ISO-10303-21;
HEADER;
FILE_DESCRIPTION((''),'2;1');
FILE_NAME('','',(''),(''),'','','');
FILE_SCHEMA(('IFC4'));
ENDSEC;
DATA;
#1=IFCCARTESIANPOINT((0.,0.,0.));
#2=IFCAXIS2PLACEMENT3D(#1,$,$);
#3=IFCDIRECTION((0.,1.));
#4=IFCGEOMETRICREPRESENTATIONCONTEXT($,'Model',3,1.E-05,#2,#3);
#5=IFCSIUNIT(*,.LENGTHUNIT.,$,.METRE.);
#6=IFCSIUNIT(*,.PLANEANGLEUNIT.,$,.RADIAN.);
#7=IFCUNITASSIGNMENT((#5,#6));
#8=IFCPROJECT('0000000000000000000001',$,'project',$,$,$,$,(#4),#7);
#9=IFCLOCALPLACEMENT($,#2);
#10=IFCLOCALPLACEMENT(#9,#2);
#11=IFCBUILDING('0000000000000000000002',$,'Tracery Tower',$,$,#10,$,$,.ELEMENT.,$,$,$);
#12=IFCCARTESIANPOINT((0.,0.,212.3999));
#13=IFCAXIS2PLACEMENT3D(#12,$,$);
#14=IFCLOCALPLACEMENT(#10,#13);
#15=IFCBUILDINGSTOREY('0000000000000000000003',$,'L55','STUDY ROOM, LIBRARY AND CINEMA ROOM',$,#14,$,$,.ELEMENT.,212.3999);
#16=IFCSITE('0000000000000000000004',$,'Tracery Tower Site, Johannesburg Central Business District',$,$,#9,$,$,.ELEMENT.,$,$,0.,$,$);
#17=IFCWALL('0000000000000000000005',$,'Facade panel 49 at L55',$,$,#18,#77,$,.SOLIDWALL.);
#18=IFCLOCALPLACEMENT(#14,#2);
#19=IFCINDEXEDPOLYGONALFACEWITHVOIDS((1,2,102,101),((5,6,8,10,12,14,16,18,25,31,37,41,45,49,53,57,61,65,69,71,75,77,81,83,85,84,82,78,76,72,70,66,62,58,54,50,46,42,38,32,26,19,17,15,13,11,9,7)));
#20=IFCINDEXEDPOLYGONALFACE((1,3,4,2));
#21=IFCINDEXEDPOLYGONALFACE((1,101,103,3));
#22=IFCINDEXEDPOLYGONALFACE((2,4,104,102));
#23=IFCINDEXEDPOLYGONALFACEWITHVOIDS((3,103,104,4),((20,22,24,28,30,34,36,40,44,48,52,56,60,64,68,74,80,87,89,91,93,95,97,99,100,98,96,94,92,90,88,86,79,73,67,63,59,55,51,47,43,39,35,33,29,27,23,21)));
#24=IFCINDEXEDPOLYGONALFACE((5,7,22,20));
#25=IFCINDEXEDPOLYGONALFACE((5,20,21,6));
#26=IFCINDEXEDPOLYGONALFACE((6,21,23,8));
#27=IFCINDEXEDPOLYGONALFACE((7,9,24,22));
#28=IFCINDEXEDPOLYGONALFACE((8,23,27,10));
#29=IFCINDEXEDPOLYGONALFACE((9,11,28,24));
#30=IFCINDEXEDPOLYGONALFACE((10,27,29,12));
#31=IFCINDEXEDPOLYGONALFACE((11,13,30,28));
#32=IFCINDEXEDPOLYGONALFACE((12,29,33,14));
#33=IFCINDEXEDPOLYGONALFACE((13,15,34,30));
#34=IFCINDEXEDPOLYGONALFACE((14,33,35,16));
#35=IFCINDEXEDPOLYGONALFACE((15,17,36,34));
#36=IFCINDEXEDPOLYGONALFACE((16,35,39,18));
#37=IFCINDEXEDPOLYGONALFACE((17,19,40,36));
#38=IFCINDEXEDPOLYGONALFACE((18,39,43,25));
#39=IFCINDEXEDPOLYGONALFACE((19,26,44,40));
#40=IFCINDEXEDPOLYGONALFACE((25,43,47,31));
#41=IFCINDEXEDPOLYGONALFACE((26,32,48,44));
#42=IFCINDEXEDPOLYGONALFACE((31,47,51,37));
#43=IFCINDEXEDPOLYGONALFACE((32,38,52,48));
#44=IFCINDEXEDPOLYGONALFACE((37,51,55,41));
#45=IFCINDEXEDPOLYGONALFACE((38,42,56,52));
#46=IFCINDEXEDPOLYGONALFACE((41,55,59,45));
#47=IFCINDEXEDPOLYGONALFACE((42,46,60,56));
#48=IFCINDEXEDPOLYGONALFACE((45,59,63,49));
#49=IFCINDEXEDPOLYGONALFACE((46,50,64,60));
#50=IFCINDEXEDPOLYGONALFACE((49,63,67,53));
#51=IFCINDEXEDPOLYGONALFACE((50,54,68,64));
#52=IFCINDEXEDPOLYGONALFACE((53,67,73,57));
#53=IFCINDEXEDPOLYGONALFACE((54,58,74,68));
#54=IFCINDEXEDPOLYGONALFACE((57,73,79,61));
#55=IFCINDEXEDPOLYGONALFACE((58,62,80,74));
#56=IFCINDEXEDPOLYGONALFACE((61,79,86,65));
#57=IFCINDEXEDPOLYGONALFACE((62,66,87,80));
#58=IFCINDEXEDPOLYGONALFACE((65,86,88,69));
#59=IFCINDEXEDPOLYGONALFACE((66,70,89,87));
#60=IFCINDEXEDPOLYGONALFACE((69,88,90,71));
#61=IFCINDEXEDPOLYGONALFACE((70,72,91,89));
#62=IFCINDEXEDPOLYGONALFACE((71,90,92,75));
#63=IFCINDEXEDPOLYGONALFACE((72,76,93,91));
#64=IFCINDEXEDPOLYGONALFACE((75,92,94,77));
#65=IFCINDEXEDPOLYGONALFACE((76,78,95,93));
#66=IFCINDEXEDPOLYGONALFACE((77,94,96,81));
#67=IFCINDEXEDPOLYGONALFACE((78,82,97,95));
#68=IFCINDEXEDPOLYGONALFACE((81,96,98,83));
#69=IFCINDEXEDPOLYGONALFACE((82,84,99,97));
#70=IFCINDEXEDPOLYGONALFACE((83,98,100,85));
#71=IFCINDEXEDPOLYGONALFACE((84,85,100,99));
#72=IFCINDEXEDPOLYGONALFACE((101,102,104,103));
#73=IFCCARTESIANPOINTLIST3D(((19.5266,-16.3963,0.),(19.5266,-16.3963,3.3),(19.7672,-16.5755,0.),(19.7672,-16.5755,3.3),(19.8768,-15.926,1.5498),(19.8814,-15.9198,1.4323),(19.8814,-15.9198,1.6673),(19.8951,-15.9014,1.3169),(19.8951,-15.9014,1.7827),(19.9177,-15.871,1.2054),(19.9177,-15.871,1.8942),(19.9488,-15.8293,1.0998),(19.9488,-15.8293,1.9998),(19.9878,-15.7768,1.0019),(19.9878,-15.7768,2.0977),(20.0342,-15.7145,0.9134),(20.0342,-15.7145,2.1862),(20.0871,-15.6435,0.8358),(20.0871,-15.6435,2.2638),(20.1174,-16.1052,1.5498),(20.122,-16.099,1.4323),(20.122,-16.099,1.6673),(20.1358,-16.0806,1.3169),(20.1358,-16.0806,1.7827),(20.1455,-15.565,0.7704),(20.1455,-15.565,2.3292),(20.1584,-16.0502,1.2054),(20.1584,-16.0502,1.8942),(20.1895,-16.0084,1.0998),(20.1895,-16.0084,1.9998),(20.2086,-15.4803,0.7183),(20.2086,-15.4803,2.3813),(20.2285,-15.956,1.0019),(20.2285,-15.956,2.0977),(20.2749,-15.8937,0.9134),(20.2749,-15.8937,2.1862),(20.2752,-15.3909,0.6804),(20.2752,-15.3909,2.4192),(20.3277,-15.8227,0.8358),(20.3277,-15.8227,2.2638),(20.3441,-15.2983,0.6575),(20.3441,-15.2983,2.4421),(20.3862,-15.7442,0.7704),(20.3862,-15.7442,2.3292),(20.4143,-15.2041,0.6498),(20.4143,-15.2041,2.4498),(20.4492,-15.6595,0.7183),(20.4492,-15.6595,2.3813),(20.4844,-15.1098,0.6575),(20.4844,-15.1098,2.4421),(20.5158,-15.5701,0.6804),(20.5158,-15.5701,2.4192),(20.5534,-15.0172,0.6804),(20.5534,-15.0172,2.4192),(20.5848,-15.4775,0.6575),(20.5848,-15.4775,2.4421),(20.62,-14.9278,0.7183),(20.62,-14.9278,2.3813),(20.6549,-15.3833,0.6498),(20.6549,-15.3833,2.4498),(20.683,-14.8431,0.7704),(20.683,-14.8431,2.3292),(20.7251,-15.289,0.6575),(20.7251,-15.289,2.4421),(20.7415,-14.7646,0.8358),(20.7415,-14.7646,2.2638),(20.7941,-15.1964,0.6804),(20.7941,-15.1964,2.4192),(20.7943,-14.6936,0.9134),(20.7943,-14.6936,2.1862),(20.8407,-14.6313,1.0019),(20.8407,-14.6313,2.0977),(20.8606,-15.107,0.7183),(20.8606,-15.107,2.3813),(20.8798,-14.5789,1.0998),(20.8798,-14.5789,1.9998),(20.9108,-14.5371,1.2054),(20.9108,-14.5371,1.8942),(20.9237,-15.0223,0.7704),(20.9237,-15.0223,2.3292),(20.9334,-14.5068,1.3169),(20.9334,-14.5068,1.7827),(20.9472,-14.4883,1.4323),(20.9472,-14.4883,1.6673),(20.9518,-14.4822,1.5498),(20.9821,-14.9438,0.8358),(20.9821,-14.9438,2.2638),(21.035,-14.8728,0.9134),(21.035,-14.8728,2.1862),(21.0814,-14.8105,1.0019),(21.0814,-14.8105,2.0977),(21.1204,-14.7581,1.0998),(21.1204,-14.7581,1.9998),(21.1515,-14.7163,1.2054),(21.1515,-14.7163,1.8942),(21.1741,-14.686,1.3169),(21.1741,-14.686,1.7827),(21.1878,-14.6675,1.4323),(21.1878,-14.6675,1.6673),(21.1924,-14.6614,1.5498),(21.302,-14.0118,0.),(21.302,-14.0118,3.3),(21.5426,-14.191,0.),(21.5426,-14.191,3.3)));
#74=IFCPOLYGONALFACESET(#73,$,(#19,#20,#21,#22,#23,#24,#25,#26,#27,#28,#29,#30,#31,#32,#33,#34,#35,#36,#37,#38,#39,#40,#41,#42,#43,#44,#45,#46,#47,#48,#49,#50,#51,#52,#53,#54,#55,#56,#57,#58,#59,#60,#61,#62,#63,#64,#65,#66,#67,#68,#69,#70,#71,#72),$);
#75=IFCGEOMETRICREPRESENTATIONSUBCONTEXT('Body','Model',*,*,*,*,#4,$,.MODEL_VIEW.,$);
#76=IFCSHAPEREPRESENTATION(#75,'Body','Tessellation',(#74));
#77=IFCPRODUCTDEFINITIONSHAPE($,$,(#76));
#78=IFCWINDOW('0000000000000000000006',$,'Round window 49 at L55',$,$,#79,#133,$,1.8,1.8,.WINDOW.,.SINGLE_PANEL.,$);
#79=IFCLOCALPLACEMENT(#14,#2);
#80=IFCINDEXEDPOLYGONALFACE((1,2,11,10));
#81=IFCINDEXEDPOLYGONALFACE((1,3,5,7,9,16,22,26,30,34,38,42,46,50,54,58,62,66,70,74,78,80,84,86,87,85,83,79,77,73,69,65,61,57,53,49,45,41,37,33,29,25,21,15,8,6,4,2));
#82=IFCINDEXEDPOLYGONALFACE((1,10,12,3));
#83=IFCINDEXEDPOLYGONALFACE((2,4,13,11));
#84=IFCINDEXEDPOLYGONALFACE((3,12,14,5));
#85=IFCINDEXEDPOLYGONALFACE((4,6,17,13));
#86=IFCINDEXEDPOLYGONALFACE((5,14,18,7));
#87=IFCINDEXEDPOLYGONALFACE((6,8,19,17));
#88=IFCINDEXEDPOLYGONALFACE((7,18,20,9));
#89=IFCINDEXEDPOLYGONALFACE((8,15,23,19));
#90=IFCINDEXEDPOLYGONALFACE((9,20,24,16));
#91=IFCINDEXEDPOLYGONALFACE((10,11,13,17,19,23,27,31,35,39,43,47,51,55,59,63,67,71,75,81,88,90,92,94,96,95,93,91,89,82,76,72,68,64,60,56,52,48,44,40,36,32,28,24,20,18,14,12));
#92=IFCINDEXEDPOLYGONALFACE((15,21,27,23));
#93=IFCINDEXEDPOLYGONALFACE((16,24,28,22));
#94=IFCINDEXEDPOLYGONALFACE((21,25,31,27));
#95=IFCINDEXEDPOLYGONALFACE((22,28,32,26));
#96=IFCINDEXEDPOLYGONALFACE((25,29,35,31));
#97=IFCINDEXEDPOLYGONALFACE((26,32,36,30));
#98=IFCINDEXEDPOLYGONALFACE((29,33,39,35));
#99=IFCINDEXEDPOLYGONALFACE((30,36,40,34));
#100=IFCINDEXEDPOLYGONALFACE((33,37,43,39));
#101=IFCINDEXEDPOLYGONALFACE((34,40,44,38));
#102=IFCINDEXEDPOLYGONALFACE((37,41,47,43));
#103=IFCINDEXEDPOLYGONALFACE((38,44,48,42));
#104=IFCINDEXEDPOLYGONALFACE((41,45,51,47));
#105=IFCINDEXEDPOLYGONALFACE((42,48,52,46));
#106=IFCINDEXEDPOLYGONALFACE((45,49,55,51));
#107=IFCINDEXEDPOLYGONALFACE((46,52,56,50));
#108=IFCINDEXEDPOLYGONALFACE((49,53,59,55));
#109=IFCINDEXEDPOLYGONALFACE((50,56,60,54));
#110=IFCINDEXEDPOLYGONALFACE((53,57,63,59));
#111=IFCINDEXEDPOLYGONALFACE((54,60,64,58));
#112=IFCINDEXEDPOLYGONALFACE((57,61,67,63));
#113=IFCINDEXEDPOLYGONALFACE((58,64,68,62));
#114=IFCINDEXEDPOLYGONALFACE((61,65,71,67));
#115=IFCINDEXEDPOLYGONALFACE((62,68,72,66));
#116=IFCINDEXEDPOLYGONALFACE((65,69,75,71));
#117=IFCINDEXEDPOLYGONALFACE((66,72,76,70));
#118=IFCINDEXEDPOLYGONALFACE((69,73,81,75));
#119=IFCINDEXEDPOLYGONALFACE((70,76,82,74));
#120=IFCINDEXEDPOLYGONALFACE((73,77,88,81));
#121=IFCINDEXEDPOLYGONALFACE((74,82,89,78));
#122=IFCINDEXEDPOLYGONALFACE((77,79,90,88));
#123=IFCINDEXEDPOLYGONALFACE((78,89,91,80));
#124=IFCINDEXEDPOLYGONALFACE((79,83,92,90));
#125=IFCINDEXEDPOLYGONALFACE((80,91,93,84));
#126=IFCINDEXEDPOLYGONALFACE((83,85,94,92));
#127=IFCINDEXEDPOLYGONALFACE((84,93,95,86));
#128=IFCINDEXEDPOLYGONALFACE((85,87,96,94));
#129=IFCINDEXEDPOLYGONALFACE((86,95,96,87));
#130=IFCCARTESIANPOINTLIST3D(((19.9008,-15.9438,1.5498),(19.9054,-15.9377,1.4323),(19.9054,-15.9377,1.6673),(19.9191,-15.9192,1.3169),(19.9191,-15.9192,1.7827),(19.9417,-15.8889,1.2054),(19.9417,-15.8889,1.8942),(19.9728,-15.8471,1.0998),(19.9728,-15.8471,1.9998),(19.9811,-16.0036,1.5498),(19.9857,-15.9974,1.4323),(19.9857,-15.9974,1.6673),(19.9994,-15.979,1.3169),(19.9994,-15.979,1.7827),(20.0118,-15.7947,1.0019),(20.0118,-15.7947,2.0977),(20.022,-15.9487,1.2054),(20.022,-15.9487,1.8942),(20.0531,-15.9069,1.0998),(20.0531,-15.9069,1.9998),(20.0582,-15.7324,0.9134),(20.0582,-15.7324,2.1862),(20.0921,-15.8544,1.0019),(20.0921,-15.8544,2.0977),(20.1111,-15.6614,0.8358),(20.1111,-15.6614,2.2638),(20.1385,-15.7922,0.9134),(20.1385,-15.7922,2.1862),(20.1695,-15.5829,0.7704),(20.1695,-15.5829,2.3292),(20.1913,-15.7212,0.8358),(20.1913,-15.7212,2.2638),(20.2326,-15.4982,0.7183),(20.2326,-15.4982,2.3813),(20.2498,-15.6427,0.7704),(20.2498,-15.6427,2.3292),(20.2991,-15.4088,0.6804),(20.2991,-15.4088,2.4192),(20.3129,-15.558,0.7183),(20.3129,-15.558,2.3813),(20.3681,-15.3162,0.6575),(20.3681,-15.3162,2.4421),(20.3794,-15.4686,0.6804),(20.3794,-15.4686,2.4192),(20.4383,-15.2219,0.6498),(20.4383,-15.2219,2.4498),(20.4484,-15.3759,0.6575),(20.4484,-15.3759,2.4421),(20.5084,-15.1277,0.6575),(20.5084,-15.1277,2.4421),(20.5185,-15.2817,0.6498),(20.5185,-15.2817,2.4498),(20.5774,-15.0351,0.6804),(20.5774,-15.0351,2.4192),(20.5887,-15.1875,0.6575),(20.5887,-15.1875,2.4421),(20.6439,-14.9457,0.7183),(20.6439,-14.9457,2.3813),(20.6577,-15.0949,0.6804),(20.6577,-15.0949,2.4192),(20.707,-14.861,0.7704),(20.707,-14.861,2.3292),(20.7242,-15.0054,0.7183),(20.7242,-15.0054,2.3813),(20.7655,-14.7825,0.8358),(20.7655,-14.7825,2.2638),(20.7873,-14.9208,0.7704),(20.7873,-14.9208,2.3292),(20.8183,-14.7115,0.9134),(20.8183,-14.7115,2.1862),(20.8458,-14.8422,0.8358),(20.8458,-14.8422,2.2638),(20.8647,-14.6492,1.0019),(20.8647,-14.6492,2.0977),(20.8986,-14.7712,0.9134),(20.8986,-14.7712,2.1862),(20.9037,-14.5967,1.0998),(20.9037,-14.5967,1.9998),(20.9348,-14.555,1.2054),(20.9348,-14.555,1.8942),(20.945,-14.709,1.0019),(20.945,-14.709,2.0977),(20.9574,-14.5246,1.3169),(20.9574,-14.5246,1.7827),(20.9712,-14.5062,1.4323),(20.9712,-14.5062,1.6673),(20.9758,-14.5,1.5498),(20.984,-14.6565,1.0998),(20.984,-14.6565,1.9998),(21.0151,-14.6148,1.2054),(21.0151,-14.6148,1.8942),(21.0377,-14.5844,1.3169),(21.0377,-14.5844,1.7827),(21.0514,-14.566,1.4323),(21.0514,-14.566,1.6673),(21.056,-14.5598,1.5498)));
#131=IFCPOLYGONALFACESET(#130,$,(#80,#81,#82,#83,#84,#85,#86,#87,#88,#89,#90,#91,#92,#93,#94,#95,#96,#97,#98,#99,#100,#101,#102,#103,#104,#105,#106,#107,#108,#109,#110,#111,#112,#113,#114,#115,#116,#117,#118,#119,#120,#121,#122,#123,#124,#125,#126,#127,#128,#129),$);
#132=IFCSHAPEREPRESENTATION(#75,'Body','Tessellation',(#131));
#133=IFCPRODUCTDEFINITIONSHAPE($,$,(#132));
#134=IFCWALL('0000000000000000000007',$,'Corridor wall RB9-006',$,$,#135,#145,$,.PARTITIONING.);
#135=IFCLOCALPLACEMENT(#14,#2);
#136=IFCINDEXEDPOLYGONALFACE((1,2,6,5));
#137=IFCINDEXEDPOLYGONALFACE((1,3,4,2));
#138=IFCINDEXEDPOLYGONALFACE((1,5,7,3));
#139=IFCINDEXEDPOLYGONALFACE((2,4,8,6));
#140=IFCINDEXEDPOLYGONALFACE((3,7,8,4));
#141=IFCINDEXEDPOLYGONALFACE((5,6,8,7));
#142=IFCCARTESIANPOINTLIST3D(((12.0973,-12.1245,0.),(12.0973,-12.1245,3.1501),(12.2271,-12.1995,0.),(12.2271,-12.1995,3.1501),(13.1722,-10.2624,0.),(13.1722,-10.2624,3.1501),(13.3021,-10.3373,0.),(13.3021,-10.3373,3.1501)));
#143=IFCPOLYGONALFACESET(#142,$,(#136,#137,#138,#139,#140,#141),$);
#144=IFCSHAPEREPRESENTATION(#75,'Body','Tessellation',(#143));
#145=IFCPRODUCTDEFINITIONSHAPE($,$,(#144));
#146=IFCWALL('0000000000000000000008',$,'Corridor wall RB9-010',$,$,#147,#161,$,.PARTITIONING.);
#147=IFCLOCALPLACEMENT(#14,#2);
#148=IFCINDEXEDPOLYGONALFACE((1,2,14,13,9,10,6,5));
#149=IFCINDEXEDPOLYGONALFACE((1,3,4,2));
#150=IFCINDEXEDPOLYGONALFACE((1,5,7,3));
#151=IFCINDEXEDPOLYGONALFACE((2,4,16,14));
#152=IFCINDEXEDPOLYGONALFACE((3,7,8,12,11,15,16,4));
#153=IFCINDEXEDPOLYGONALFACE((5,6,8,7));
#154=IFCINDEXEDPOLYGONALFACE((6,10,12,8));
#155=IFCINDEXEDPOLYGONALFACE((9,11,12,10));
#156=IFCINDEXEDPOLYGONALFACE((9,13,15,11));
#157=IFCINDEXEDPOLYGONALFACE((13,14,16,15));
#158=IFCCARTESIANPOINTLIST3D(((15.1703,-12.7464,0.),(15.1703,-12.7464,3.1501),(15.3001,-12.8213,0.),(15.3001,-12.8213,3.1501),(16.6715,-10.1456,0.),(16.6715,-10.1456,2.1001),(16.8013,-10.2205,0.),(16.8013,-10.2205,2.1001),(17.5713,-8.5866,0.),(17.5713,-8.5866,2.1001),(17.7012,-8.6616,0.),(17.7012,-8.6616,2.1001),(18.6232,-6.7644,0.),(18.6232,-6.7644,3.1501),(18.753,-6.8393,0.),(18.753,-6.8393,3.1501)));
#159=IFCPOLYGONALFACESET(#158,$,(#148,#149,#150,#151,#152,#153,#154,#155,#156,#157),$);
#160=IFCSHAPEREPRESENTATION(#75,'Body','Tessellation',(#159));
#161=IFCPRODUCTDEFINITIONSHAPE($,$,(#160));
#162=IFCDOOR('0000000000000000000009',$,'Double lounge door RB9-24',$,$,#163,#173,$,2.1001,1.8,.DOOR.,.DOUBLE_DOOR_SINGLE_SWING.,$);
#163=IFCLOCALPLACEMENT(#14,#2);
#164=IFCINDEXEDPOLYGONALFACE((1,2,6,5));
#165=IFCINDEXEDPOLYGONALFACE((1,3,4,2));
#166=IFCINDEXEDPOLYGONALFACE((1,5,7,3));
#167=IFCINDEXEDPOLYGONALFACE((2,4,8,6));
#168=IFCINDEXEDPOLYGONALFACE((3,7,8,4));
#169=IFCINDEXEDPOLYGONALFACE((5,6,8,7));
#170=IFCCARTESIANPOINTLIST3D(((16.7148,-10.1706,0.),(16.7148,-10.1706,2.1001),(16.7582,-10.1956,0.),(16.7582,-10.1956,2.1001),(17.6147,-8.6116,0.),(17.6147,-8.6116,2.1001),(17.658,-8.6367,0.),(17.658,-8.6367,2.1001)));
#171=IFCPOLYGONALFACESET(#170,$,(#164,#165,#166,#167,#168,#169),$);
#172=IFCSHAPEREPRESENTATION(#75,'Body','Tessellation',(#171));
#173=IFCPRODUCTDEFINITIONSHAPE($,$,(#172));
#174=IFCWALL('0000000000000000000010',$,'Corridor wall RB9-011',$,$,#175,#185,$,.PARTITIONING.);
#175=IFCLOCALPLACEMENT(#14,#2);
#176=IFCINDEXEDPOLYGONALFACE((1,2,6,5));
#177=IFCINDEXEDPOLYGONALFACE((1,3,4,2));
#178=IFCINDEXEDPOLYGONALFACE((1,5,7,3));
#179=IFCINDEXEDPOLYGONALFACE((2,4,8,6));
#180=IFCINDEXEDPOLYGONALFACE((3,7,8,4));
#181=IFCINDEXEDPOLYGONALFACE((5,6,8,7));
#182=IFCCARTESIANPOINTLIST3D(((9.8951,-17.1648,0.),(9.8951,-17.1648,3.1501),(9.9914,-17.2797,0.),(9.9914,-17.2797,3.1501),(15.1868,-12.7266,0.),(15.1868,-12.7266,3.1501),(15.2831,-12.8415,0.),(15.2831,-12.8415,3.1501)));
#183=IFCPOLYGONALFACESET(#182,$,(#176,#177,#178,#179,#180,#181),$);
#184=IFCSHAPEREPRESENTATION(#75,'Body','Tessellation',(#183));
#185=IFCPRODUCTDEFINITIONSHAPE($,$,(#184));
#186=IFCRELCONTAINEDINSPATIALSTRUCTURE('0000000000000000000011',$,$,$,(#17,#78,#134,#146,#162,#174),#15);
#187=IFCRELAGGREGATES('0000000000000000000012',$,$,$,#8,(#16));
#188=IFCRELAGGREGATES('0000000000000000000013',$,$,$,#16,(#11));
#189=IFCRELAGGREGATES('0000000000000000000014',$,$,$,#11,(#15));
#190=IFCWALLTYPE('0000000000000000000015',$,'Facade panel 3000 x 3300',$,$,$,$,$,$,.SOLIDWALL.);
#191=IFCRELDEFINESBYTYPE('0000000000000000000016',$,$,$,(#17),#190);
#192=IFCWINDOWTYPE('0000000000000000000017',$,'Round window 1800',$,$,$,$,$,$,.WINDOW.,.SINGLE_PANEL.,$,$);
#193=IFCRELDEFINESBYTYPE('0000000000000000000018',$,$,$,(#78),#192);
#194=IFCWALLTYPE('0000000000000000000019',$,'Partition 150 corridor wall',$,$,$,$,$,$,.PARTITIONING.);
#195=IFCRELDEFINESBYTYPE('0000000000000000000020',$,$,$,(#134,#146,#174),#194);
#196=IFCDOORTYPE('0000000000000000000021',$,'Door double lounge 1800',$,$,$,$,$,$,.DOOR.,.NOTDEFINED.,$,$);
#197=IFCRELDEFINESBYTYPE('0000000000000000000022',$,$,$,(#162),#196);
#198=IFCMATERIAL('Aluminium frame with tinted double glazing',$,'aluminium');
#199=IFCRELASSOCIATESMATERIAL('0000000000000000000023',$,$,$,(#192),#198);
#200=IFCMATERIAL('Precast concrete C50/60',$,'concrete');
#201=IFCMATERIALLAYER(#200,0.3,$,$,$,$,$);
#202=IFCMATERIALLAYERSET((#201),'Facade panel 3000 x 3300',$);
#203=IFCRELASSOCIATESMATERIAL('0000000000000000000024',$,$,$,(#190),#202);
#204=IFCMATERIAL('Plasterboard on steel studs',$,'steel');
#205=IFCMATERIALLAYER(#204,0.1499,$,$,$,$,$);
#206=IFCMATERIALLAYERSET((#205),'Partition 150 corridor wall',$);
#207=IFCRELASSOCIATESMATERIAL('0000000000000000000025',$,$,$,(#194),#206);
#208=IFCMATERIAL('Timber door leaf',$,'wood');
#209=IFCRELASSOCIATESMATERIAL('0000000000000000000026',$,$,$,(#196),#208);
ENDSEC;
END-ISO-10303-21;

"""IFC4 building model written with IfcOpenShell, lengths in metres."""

from ifc_helpers import new_model, si_unit, direction, frame, frame_2d, origin, origin_2d, place, context, subcontext, project, spatial, rectangle, circle, extrude, material, layer, layer_set, type_object, element, fill, save


model = new_model("IFC4")

# Units and contexts
model_context = context("Model", 3, precision=1e-05, world=origin(), true_north=direction((0.0, 1.0)))
body_context = subcontext(model_context, "Body", "Model", "MODEL_VIEW")
ifc_project = project(units=[si_unit("LENGTHUNIT", "METRE"), si_unit("PLANEANGLEUNIT", "RADIAN")], contexts=[model_context])

# Site, building, storey
site_placement = place(None, origin())
site = spatial("IfcSite", under=ifc_project, at=site_placement, Name="Tracery Tower Site, Johannesburg Central Business District", CompositionType="ELEMENT", RefElevation=0.0)
building_placement = place(site_placement, origin())
building = spatial("IfcBuilding", under=site, at=building_placement, Name="Tracery Tower", CompositionType="ELEMENT")
storey_placement = place(building_placement, frame((0.0, 0.0, 212.3999)))
storey = spatial("IfcBuildingStorey", under=building, at=storey_placement, Name="L55", Description="STUDY ROOM, LIBRARY AND CINEMA ROOM", CompositionType="ELEMENT", Elevation=212.3999)

# Wall, opening, window
ifc_material_1 = material(Name="Aluminium frame with tinted double glazing", Category="aluminium")
window_type = type_object("IfcWindowType", Name="Round window 1800", PartitioningType="SINGLE_PANEL", PredefinedType="WINDOW", material=ifc_material_1)
ifc_material_2 = material(Name="Precast concrete C50/60", Category="concrete")
ifc_layer_1 = layer(ifc_material_2, 0.3)
ifc_layer_set_1 = layer_set([ifc_layer_1], Name="Facade panel 3000 x 3300")
wall_type_1 = type_object("IfcWallType", Name="Facade panel 3000 x 3300", PredefinedType="SOLIDWALL", material=ifc_layer_set_1)
wall_1_placement = place(storey_placement, frame((19.647, -16.4858, 0.0), z_axis=(0.0, 0.0, 1.0), x_axis=(0.597198, 0.802094, 0.0)))
wall_1 = element("IfcWall", 1, at=wall_1_placement, inside=storey, type_object=wall_type_1, Name="Facade panel 49 at L55", PredefinedType="SOLIDWALL", context=body_context, shape_type="SweptSolid", body=[
    extrude(rectangle(XDim=2.9729, YDim=0.3, at=frame_2d((1.4863, 0.0))), origin(), (0.0, 0.0, 1.0), 3.3),
])
opening_1_placement = place(wall_1_placement, frame((1.4863, 0.0, 1.5498)))
opening_1 = element("IfcOpeningElement", 2, at=opening_1_placement, cuts=wall_1, PredefinedType="OPENING", context=body_context, shape_type="SweptSolid", body=[
    extrude(circle(Radius=0.9, at=origin_2d()), frame((0.0, 0.1599, 0.0), z_axis=(0.0, -1.0, 0.0), x_axis=(1.0, 0.0, 0.0)), (0.0, 0.0, 1.0), 0.3201),
])
window_1_placement = place(opening_1_placement, origin())
window_1 = element("IfcWindow", 3, at=window_1_placement, inside=storey, type_object=window_type, Name="Round window 49 at L55", OverallHeight=1.8, OverallWidth=1.8, PartitioningType="SINGLE_PANEL", PredefinedType="WINDOW", context=body_context, shape_type="SweptSolid", body=[
    extrude(circle(Radius=0.9, at=origin_2d()), frame((0.0, 0.1201, 0.0), z_axis=(0.0, -1.0, 0.0), x_axis=(1.0, 0.0, 0.0)), (0.0, 0.0, 1.0), 0.1001),
])
fill(opening_1, window_1)

# Wall
ifc_material_3 = material(Name="Plasterboard on steel studs", Category="steel")
ifc_layer_2 = layer(ifc_material_3, 0.1499)
ifc_layer_set_2 = layer_set([ifc_layer_2], Name="Partition 150 corridor wall")
wall_type_2 = type_object("IfcWallType", Name="Partition 150 corridor wall", PredefinedType="PARTITIONING", material=ifc_layer_set_2)
wall_2_placement = place(storey_placement, frame((12.1621, -12.1621, 0.0), z_axis=(0.0, 0.0, 1.0), x_axis=(0.499962, 0.866048, 0.0)))
element("IfcWall", 4, at=wall_2_placement, inside=storey, type_object=wall_type_2, Name="Corridor wall RB9-006", PredefinedType="PARTITIONING", context=body_context, shape_type="SweptSolid", body=[
    extrude(rectangle(XDim=2.1501, YDim=0.1499, at=frame_2d((1.0752, 0.0))), origin(), (0.0, 0.0, 1.0), 3.1501),
])

# Wall, opening, door
wall_3_placement = place(storey_placement, frame((15.2351, -12.7839, 0.0), z_axis=(0.0, 0.0, 1.0), x_axis=(0.499914, 0.866075, 0.0)))
wall_3 = element("IfcWall", 5, at=wall_3_placement, inside=storey, type_object=wall_type_2, Name="Corridor wall RB9-010", PredefinedType="PARTITIONING", context=body_context, shape_type="SweptSolid", body=[
    extrude(rectangle(XDim=6.907, YDim=0.1499, at=frame_2d((3.4536, 0.0))), origin(), (0.0, 0.0, 1.0), 3.1501),
])
opening_2_placement = place(wall_3_placement, frame((3.0032, 0.0, 0.0)))
opening_2 = element("IfcOpeningElement", 6, at=opening_2_placement, cuts=wall_3, PredefinedType="OPENING", context=body_context, shape_type="SweptSolid", body=[
    extrude(rectangle(XDim=1.8, YDim=2.1001, at=frame_2d((0.8999, 1.05))), frame((0.0, 0.075, 0.0), z_axis=(0.0, -1.0, 0.0), x_axis=(1.0, 0.0, 0.0)), (0.0, 0.0, 1.0), 0.1499),
])
ifc_material_4 = material(Name="Timber door leaf", Category="wood")
door_type = type_object("IfcDoorType", Name="Door double lounge 1800", OperationType="NOTDEFINED", PredefinedType="DOOR", material=ifc_material_4)
door_placement = place(opening_2_placement, origin())
door = element("IfcDoor", 7, at=door_placement, inside=storey, type_object=door_type, Name="Double lounge door RB9-24", OperationType="DOUBLE_DOOR_SINGLE_SWING", OverallHeight=2.1001, OverallWidth=1.8, PredefinedType="DOOR", context=body_context, shape_type="SweptSolid", body=[
    extrude(rectangle(XDim=1.8, YDim=2.1001, at=frame_2d((0.8999, 1.05))), frame((0.0, 0.0249, 0.0), z_axis=(0.0, -1.0, 0.0), x_axis=(1.0, 0.0, 0.0)), (0.0, 0.0, 1.0), 0.05),
])
fill(opening_2, door)

# Wall
wall_4_placement = place(storey_placement, frame((9.9434, -17.2222, 0.0), z_axis=(0.0, 0.0, 1.0), x_axis=(0.766192, 0.642612, 0.0)))
element("IfcWall", 8, at=wall_4_placement, inside=storey, type_object=wall_type_2, Name="Corridor wall RB9-011", PredefinedType="PARTITIONING", context=body_context, shape_type="SweptSolid", body=[
    extrude(rectangle(XDim=6.9065, YDim=0.1499, at=frame_2d((3.4531, 0.0))), origin(), (0.0, 0.0, 1.0), 3.1501),
])

save(model, "model.ifc")
